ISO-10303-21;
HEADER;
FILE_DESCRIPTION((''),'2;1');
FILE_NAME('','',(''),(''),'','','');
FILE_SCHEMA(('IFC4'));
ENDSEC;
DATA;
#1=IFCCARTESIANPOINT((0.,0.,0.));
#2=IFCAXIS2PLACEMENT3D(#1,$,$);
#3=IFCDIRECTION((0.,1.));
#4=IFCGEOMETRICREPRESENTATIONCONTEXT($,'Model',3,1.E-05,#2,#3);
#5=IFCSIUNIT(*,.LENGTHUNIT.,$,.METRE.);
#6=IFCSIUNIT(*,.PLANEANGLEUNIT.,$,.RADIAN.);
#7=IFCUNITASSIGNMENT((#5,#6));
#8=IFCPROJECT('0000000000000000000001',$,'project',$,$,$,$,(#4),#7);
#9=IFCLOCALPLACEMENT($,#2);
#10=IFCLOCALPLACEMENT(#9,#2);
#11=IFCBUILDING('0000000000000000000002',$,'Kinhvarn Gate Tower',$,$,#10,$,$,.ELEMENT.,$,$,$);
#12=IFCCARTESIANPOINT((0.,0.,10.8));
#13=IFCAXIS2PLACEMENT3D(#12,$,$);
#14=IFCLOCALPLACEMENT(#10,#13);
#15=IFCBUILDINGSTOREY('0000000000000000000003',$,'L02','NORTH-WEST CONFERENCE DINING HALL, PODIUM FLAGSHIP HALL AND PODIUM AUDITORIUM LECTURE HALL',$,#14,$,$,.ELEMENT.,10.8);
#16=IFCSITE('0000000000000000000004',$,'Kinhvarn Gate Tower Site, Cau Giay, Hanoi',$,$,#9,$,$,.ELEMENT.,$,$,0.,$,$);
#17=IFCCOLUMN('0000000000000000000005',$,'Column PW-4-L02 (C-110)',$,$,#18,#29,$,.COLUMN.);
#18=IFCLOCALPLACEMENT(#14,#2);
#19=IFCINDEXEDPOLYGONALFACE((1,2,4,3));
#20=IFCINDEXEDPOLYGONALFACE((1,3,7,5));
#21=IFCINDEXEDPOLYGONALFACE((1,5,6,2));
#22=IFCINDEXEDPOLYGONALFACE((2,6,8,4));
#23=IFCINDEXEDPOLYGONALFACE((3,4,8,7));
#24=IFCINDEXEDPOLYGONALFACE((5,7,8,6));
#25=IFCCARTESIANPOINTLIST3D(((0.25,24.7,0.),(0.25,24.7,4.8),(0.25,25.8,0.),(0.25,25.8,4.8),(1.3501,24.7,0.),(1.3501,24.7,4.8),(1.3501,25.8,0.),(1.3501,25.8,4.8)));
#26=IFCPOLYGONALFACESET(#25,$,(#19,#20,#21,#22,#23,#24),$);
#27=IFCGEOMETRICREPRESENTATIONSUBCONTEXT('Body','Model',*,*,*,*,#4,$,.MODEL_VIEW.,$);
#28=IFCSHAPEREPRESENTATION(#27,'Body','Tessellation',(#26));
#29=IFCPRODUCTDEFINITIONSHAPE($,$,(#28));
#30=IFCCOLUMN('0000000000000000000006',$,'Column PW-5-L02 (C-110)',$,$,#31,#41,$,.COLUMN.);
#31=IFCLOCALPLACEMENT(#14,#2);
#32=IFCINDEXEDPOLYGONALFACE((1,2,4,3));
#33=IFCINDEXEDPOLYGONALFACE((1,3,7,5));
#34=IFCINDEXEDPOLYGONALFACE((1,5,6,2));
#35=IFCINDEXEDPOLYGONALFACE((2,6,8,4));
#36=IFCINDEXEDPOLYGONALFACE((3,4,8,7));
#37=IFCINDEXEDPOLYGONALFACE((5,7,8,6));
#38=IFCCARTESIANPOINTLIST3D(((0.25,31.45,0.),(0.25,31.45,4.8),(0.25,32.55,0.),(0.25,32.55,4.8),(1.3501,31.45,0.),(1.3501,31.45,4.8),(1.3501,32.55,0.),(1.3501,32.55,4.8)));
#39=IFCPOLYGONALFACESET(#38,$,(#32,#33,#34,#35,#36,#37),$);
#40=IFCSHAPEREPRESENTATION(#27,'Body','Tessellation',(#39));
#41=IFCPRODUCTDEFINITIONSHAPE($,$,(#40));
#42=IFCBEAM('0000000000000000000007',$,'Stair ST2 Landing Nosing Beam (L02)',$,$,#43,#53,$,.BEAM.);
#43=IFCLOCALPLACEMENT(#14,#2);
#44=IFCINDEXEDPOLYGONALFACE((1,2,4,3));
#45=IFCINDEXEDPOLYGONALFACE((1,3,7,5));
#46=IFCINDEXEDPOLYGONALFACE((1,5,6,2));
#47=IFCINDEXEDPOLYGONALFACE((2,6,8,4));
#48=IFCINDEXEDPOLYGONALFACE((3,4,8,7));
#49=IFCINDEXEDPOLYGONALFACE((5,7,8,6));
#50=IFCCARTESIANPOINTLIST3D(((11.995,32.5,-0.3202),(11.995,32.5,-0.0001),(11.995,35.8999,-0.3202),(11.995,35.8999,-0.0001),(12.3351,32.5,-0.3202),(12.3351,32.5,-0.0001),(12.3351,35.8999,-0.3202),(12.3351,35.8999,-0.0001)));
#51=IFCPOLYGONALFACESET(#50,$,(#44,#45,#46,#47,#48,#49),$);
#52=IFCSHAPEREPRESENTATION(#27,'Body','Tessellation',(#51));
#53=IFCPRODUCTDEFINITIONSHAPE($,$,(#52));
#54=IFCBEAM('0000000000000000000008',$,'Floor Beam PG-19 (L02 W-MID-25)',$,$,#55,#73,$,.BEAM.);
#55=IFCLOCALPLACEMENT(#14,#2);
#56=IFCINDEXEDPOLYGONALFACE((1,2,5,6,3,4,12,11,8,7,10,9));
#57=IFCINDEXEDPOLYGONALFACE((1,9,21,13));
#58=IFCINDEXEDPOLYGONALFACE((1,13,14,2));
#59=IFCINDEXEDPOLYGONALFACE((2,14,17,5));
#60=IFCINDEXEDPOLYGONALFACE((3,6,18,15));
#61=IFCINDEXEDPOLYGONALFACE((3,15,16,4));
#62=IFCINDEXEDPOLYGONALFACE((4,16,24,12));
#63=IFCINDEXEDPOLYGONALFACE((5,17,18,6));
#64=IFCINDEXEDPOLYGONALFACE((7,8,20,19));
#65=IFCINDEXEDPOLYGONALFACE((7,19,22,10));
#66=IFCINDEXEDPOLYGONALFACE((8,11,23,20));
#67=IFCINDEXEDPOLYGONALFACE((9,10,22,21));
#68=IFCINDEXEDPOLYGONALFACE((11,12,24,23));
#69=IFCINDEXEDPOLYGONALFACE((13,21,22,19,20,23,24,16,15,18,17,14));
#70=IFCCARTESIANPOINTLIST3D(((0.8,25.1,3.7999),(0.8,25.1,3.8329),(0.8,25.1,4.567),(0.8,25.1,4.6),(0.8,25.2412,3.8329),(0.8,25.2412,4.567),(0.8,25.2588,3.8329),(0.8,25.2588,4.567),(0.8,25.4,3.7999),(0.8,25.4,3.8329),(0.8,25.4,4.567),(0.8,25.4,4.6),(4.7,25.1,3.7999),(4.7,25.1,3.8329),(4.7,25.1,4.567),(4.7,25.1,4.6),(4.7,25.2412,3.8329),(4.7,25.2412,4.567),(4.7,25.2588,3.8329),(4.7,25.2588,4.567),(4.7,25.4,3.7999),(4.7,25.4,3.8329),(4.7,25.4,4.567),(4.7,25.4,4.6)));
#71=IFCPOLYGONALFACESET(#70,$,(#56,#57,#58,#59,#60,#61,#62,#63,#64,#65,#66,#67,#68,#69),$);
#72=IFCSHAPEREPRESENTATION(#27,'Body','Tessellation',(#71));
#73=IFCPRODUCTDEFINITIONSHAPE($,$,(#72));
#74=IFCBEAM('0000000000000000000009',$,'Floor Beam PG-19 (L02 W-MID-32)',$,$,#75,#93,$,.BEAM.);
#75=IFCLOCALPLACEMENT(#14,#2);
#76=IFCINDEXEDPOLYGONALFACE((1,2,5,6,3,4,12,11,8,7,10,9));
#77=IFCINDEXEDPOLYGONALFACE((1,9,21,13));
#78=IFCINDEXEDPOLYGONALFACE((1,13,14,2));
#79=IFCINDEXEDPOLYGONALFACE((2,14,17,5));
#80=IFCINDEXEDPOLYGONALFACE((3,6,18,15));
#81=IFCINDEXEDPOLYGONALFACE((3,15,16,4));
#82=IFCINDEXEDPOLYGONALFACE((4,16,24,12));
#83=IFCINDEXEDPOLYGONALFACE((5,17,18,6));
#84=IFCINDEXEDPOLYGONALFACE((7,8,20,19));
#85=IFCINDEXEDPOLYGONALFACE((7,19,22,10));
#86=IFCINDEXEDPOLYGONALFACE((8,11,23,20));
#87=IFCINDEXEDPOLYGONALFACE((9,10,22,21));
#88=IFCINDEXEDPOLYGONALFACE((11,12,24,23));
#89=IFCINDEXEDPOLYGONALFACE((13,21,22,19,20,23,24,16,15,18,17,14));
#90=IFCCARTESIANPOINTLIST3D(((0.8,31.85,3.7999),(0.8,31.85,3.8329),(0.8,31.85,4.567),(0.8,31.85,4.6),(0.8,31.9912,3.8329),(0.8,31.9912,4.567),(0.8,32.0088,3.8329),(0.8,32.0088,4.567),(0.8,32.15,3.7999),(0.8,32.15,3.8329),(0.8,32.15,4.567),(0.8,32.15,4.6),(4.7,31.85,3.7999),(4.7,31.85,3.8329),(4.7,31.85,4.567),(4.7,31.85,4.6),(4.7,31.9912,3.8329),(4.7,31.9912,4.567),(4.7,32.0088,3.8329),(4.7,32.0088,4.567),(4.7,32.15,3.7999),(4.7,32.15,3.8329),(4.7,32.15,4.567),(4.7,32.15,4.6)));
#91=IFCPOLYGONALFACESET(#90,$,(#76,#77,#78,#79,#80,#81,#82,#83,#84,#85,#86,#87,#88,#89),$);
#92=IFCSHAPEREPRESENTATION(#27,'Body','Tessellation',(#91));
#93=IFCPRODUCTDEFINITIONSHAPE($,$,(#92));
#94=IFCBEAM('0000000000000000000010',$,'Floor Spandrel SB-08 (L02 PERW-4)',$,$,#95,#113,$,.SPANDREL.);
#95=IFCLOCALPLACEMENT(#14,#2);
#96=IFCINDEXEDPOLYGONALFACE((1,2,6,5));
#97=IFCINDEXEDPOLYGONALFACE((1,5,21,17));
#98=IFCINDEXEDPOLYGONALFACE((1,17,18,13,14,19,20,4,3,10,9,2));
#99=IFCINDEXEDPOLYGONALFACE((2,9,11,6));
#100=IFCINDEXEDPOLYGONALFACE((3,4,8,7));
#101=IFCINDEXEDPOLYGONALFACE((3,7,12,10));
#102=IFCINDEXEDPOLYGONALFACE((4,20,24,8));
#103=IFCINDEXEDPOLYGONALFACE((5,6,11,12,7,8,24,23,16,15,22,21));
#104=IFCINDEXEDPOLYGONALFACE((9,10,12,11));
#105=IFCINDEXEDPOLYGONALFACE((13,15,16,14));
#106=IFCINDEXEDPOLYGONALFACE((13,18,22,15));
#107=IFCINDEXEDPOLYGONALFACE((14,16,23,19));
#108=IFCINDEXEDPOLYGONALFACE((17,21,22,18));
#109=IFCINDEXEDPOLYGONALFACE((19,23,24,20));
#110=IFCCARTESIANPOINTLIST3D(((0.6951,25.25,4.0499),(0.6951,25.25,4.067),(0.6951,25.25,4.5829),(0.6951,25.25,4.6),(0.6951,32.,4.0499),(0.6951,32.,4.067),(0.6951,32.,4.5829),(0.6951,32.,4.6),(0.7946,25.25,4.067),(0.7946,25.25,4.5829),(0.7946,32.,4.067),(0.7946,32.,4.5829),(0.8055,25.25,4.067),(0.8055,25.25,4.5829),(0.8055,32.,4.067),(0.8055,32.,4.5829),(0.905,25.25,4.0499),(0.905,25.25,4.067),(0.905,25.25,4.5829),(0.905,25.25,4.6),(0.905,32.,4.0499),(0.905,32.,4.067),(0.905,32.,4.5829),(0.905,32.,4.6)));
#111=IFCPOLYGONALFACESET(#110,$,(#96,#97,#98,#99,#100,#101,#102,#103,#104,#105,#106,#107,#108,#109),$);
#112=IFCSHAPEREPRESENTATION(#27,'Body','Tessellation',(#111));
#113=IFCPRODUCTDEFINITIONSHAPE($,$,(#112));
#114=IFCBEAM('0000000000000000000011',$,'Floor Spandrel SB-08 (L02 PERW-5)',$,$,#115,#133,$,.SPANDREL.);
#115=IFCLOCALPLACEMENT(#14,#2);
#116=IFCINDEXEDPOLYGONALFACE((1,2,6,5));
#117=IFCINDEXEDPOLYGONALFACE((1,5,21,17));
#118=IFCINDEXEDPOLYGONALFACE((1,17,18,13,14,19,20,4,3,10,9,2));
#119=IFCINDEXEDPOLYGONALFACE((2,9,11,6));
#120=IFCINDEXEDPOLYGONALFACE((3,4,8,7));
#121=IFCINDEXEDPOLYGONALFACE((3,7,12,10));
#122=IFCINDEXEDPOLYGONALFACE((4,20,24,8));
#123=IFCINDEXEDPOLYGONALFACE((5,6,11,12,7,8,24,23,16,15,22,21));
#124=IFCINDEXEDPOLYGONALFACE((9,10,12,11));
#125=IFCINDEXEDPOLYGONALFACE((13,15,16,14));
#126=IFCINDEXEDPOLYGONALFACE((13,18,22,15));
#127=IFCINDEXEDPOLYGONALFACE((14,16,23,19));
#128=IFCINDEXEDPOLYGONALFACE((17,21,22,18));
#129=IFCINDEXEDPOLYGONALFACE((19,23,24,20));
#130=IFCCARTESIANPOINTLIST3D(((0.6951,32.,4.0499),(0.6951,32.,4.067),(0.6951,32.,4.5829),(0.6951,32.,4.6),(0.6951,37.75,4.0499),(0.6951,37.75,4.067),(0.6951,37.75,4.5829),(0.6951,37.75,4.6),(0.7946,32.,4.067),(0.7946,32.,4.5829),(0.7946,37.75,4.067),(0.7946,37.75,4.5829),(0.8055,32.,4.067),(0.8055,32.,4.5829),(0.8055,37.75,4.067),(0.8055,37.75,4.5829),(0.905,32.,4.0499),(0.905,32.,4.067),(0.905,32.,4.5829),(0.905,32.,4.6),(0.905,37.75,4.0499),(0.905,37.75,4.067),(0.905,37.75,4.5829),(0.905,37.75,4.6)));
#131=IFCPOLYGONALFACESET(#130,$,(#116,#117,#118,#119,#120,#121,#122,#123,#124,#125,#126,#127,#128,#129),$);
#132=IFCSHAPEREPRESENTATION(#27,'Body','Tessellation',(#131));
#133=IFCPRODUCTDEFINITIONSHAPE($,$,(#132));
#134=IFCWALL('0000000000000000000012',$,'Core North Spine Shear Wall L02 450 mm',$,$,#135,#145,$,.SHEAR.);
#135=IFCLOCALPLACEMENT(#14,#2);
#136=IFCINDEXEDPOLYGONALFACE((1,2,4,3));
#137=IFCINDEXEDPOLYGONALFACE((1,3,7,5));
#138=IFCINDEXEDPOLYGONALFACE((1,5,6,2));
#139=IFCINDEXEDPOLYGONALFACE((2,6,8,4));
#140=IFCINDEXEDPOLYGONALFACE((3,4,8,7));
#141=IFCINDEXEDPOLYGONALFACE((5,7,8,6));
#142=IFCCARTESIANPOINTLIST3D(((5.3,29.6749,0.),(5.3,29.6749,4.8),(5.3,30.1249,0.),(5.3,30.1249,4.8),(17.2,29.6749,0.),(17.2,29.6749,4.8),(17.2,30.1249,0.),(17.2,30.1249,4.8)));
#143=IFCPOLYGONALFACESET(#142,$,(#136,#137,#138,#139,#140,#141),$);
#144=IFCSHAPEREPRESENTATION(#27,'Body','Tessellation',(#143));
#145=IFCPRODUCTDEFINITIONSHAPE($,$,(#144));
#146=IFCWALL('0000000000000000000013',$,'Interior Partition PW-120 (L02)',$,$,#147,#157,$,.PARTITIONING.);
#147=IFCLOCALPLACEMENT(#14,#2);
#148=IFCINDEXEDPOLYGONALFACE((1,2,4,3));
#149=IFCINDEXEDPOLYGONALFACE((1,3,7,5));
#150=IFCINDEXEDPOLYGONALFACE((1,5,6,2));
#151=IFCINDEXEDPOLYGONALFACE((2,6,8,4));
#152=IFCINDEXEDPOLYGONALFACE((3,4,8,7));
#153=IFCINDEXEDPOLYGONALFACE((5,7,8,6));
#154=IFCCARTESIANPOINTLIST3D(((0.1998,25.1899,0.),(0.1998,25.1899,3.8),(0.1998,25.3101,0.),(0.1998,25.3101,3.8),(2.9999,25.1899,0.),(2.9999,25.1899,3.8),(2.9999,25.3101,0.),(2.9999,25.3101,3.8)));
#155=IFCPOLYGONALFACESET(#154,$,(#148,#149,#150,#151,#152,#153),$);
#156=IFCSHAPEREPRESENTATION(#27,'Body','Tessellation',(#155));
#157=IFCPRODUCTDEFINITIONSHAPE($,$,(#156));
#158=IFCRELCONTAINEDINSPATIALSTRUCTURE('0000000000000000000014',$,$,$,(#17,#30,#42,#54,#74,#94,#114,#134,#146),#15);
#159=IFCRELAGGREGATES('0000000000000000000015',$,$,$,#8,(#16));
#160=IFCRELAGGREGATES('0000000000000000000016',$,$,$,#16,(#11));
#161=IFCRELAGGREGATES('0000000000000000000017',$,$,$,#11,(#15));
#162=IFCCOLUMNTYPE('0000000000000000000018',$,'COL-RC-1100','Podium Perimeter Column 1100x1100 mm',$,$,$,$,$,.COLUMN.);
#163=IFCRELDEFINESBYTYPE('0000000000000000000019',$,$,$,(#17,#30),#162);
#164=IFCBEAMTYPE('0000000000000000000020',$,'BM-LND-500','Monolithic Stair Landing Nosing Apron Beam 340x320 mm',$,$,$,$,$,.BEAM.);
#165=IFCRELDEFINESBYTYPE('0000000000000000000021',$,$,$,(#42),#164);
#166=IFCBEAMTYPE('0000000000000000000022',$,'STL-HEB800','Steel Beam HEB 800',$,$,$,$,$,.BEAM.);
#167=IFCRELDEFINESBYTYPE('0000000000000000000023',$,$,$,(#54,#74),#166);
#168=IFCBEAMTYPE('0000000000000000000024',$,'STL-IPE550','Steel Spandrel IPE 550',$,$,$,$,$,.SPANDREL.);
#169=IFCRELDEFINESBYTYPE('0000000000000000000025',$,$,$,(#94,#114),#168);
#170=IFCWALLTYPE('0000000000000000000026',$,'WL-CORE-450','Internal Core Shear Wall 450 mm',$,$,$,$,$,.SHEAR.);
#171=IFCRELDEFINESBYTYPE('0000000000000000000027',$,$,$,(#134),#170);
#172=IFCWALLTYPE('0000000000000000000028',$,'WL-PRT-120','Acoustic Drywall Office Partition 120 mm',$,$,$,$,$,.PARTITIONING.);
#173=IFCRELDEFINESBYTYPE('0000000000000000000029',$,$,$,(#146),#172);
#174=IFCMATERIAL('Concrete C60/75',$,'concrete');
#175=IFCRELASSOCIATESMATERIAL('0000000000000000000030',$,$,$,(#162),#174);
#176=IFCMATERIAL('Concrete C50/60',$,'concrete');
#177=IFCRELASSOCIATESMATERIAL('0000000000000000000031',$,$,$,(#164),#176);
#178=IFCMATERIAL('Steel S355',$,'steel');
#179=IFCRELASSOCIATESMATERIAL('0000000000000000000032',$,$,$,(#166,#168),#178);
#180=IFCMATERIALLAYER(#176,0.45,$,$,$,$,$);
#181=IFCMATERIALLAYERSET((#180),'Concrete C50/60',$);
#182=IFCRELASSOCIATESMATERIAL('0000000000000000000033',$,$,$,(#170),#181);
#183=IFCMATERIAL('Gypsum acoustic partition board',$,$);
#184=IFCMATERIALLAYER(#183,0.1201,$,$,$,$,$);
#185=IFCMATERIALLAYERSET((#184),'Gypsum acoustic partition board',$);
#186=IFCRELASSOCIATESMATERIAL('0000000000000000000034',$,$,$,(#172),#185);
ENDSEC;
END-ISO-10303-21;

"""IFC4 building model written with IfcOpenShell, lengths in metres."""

from ifc_helpers import new_model, si_unit, direction, frame, frame_2d, origin, origin_2d, place, context, subcontext, project, spatial, rectangle, i_section, extrude, material, layer, layer_set, material_profile, profile_set, type_object, element, save


model = new_model("IFC4")

# Units and contexts
model_context = context("Model", 3, precision=1e-05, world=origin(), true_north=direction((0.0, 1.0)))
body_context = subcontext(model_context, "Body", "Model", "MODEL_VIEW")
ifc_project = project(units=[si_unit("LENGTHUNIT", "METRE"), si_unit("PLANEANGLEUNIT", "RADIAN")], contexts=[model_context])

# Site, building, storey
site_placement = place(None, origin())
site = spatial("IfcSite", under=ifc_project, at=site_placement, Name="Kinhvarn Gate Tower Site, Cau Giay, Hanoi", CompositionType="ELEMENT", RefElevation=0.0)
building_placement = place(site_placement, origin())
building = spatial("IfcBuilding", under=site, at=building_placement, Name="Kinhvarn Gate Tower", CompositionType="ELEMENT")
storey_placement = place(building_placement, frame((0.0, 0.0, 10.8)))
storey = spatial("IfcBuildingStorey", under=building, at=storey_placement, Name="L02", Description="NORTH-WEST CONFERENCE DINING HALL, PODIUM FLAGSHIP HALL AND PODIUM AUDITORIUM LECTURE HALL", CompositionType="ELEMENT", Elevation=10.8)

# Columns
ifc_material_1 = material(Name="Concrete C60/75", Category="concrete")
ifc_material_profile_1 = material_profile(ifc_material_1, rectangle(XDim=1.1001, YDim=1.1001, at=origin_2d()), Name="RC 1100x1100")
ifc_profile_set_1 = profile_set([ifc_material_profile_1], Name="Concrete C60/75")
column_type = type_object("IfcColumnType", Name="COL-RC-1100", Description="Podium Perimeter Column 1100x1100 mm", PredefinedType="COLUMN", material=ifc_profile_set_1)
for number, where, z_axis, x_axis, name in (
    (1, (0.8, 25.25, 0.0), (0.0, 0.0, 1.0), (1.0, 0.0, 0.0), "Column PW-4-L02 (C-110)"),
    (2, (0.8, 32.0, 0.0), (0.0, 0.0, 1.0), (1.0, 0.0, 0.0), "Column PW-5-L02 (C-110)"),
):
    element("IfcColumn", number, at=place(storey_placement, frame(where, z_axis=z_axis, x_axis=x_axis)), inside=storey, type_object=column_type, Name=name, PredefinedType="COLUMN", context=body_context, shape_type="SweptSolid", body=[
        extrude(rectangle(XDim=1.1001, YDim=1.1001, at=origin_2d()), origin(), (0.0, 0.0, 1.0), 4.8),
    ])

# Beams
ifc_material_2 = material(Name="Concrete C50/60", Category="concrete")
ifc_material_profile_2 = material_profile(ifc_material_2, rectangle(XDim=0.3401, YDim=0.3201, at=origin_2d()), Name="RC 340x320")
ifc_profile_set_2 = profile_set([ifc_material_profile_2], Name="Concrete C50/60")
beam_type_1 = type_object("IfcBeamType", Name="BM-LND-500", Description="Monolithic Stair Landing Nosing Apron Beam 340x320 mm", PredefinedType="BEAM", material=ifc_profile_set_2)
beam_1_placement = place(storey_placement, frame((12.165, 32.5, -0.1602), z_axis=(0.0, 1.0, 0.0), x_axis=(-1.0, 0.0, 0.0)))
element("IfcBeam", 3, at=beam_1_placement, inside=storey, type_object=beam_type_1, Name="Stair ST2 Landing Nosing Beam (L02)", PredefinedType="BEAM", context=body_context, shape_type="SweptSolid", body=[
    extrude(rectangle(XDim=0.3401, YDim=0.3201, at=origin_2d()), origin(), (0.0, 0.0, 1.0), 3.3999),
])
ifc_material_3 = material(Name="Steel S355", Category="steel")
ifc_material_profile_3 = material_profile(ifc_material_3, i_section(OverallWidth=0.3, OverallDepth=0.8, WebThickness=0.0176, FlangeThickness=0.033, at=origin_2d()), Name="HEB 800")
ifc_profile_set_3 = profile_set([ifc_material_profile_3], Name="Steel S355")
beam_type_2 = type_object("IfcBeamType", Name="STL-HEB800", Description="Steel Beam HEB 800", PredefinedType="BEAM", material=ifc_profile_set_3)
for number, where, z_axis, x_axis, name in (
    (4, (0.8, 25.25, 4.2), (1.0, 0.0, 0.0), (0.0, 1.0, 0.0), "Floor Beam PG-19 (L02 W-MID-25)"),
    (5, (0.8, 32.0, 4.2), (1.0, 0.0, 0.0), (0.0, 1.0, 0.0), "Floor Beam PG-19 (L02 W-MID-32)"),
):
    element("IfcBeam", number, at=place(storey_placement, frame(where, z_axis=z_axis, x_axis=x_axis)), inside=storey, type_object=beam_type_2, Name=name, PredefinedType="BEAM", context=body_context, shape_type="SweptSolid", body=[
        extrude(i_section(OverallWidth=0.3, OverallDepth=0.8, WebThickness=0.0176, FlangeThickness=0.033, at=origin_2d()), origin(), (0.0, 0.0, 1.0), 3.8999),
    ])
ifc_material_profile_4 = material_profile(ifc_material_3, i_section(OverallWidth=0.21, OverallDepth=0.55, WebThickness=0.011, FlangeThickness=0.0171, at=origin_2d()), Name="IPE 550")
ifc_profile_set_4 = profile_set([ifc_material_profile_4], Name="Steel S355")
beam_type_3 = type_object("IfcBeamType", Name="STL-IPE550", Description="Steel Spandrel IPE 550", PredefinedType="SPANDREL", material=ifc_profile_set_4)
beam_2_placement = place(storey_placement, frame((0.8, 25.25, 4.325), z_axis=(0.0, 1.0, 0.0), x_axis=(-1.0, 0.0, 0.0)))
element("IfcBeam", 6, at=beam_2_placement, inside=storey, type_object=beam_type_3, Name="Floor Spandrel SB-08 (L02 PERW-4)", PredefinedType="SPANDREL", context=body_context, shape_type="SweptSolid", body=[
    extrude(i_section(OverallWidth=0.21, OverallDepth=0.55, WebThickness=0.011, FlangeThickness=0.0171, at=origin_2d()), origin(), (0.0, 0.0, 1.0), 6.75),
])
beam_3_placement = place(storey_placement, frame((0.8, 32.0, 4.325), z_axis=(0.0, 1.0, 0.0), x_axis=(-1.0, 0.0, 0.0)))
element("IfcBeam", 7, at=beam_3_placement, inside=storey, type_object=beam_type_3, Name="Floor Spandrel SB-08 (L02 PERW-5)", PredefinedType="SPANDREL", context=body_context, shape_type="SweptSolid", body=[
    extrude(i_section(OverallWidth=0.21, OverallDepth=0.55, WebThickness=0.011, FlangeThickness=0.0171, at=origin_2d()), origin(), (0.0, 0.0, 1.0), 5.75),
])

# Walls
ifc_layer_1 = layer(ifc_material_2, 0.45)
ifc_layer_set_1 = layer_set([ifc_layer_1], Name="Concrete C50/60")
wall_type_1 = type_object("IfcWallType", Name="WL-CORE-450", Description="Internal Core Shear Wall 450 mm", PredefinedType="SHEAR", material=ifc_layer_set_1)
wall_1_placement = place(storey_placement, frame((5.3, 29.8999, 0.0), z_axis=(0.0, 0.0, 1.0), x_axis=(1.0, 0.0, 0.0)))
element("IfcWall", 8, at=wall_1_placement, inside=storey, type_object=wall_type_1, Name="Core North Spine Shear Wall L02 450 mm", PredefinedType="SHEAR", context=body_context, shape_type="SweptSolid", body=[
    extrude(rectangle(XDim=11.8999, YDim=0.45, at=frame_2d((5.95, 0.0))), origin(), (0.0, 0.0, 1.0), 4.8),
])
ifc_material_4 = material(Name="Gypsum acoustic partition board")
ifc_layer_2 = layer(ifc_material_4, 0.1201)
ifc_layer_set_2 = layer_set([ifc_layer_2], Name="Gypsum acoustic partition board")
wall_type_2 = type_object("IfcWallType", Name="WL-PRT-120", Description="Acoustic Drywall Office Partition 120 mm", PredefinedType="PARTITIONING", material=ifc_layer_set_2)
wall_2_placement = place(storey_placement, frame((0.2, 25.25, 0.0), z_axis=(0.0, 0.0, 1.0), x_axis=(1.0, 0.0, 0.0)))
element("IfcWall", 9, at=wall_2_placement, inside=storey, type_object=wall_type_2, Name="Interior Partition PW-120 (L02)", PredefinedType="PARTITIONING", context=body_context, shape_type="SweptSolid", body=[
    extrude(rectangle(XDim=2.8, YDim=0.1201, at=frame_2d((1.3999, 0.0))), origin(), (0.0, 0.0, 1.0), 3.8),
])

save(model, "model.ifc")
